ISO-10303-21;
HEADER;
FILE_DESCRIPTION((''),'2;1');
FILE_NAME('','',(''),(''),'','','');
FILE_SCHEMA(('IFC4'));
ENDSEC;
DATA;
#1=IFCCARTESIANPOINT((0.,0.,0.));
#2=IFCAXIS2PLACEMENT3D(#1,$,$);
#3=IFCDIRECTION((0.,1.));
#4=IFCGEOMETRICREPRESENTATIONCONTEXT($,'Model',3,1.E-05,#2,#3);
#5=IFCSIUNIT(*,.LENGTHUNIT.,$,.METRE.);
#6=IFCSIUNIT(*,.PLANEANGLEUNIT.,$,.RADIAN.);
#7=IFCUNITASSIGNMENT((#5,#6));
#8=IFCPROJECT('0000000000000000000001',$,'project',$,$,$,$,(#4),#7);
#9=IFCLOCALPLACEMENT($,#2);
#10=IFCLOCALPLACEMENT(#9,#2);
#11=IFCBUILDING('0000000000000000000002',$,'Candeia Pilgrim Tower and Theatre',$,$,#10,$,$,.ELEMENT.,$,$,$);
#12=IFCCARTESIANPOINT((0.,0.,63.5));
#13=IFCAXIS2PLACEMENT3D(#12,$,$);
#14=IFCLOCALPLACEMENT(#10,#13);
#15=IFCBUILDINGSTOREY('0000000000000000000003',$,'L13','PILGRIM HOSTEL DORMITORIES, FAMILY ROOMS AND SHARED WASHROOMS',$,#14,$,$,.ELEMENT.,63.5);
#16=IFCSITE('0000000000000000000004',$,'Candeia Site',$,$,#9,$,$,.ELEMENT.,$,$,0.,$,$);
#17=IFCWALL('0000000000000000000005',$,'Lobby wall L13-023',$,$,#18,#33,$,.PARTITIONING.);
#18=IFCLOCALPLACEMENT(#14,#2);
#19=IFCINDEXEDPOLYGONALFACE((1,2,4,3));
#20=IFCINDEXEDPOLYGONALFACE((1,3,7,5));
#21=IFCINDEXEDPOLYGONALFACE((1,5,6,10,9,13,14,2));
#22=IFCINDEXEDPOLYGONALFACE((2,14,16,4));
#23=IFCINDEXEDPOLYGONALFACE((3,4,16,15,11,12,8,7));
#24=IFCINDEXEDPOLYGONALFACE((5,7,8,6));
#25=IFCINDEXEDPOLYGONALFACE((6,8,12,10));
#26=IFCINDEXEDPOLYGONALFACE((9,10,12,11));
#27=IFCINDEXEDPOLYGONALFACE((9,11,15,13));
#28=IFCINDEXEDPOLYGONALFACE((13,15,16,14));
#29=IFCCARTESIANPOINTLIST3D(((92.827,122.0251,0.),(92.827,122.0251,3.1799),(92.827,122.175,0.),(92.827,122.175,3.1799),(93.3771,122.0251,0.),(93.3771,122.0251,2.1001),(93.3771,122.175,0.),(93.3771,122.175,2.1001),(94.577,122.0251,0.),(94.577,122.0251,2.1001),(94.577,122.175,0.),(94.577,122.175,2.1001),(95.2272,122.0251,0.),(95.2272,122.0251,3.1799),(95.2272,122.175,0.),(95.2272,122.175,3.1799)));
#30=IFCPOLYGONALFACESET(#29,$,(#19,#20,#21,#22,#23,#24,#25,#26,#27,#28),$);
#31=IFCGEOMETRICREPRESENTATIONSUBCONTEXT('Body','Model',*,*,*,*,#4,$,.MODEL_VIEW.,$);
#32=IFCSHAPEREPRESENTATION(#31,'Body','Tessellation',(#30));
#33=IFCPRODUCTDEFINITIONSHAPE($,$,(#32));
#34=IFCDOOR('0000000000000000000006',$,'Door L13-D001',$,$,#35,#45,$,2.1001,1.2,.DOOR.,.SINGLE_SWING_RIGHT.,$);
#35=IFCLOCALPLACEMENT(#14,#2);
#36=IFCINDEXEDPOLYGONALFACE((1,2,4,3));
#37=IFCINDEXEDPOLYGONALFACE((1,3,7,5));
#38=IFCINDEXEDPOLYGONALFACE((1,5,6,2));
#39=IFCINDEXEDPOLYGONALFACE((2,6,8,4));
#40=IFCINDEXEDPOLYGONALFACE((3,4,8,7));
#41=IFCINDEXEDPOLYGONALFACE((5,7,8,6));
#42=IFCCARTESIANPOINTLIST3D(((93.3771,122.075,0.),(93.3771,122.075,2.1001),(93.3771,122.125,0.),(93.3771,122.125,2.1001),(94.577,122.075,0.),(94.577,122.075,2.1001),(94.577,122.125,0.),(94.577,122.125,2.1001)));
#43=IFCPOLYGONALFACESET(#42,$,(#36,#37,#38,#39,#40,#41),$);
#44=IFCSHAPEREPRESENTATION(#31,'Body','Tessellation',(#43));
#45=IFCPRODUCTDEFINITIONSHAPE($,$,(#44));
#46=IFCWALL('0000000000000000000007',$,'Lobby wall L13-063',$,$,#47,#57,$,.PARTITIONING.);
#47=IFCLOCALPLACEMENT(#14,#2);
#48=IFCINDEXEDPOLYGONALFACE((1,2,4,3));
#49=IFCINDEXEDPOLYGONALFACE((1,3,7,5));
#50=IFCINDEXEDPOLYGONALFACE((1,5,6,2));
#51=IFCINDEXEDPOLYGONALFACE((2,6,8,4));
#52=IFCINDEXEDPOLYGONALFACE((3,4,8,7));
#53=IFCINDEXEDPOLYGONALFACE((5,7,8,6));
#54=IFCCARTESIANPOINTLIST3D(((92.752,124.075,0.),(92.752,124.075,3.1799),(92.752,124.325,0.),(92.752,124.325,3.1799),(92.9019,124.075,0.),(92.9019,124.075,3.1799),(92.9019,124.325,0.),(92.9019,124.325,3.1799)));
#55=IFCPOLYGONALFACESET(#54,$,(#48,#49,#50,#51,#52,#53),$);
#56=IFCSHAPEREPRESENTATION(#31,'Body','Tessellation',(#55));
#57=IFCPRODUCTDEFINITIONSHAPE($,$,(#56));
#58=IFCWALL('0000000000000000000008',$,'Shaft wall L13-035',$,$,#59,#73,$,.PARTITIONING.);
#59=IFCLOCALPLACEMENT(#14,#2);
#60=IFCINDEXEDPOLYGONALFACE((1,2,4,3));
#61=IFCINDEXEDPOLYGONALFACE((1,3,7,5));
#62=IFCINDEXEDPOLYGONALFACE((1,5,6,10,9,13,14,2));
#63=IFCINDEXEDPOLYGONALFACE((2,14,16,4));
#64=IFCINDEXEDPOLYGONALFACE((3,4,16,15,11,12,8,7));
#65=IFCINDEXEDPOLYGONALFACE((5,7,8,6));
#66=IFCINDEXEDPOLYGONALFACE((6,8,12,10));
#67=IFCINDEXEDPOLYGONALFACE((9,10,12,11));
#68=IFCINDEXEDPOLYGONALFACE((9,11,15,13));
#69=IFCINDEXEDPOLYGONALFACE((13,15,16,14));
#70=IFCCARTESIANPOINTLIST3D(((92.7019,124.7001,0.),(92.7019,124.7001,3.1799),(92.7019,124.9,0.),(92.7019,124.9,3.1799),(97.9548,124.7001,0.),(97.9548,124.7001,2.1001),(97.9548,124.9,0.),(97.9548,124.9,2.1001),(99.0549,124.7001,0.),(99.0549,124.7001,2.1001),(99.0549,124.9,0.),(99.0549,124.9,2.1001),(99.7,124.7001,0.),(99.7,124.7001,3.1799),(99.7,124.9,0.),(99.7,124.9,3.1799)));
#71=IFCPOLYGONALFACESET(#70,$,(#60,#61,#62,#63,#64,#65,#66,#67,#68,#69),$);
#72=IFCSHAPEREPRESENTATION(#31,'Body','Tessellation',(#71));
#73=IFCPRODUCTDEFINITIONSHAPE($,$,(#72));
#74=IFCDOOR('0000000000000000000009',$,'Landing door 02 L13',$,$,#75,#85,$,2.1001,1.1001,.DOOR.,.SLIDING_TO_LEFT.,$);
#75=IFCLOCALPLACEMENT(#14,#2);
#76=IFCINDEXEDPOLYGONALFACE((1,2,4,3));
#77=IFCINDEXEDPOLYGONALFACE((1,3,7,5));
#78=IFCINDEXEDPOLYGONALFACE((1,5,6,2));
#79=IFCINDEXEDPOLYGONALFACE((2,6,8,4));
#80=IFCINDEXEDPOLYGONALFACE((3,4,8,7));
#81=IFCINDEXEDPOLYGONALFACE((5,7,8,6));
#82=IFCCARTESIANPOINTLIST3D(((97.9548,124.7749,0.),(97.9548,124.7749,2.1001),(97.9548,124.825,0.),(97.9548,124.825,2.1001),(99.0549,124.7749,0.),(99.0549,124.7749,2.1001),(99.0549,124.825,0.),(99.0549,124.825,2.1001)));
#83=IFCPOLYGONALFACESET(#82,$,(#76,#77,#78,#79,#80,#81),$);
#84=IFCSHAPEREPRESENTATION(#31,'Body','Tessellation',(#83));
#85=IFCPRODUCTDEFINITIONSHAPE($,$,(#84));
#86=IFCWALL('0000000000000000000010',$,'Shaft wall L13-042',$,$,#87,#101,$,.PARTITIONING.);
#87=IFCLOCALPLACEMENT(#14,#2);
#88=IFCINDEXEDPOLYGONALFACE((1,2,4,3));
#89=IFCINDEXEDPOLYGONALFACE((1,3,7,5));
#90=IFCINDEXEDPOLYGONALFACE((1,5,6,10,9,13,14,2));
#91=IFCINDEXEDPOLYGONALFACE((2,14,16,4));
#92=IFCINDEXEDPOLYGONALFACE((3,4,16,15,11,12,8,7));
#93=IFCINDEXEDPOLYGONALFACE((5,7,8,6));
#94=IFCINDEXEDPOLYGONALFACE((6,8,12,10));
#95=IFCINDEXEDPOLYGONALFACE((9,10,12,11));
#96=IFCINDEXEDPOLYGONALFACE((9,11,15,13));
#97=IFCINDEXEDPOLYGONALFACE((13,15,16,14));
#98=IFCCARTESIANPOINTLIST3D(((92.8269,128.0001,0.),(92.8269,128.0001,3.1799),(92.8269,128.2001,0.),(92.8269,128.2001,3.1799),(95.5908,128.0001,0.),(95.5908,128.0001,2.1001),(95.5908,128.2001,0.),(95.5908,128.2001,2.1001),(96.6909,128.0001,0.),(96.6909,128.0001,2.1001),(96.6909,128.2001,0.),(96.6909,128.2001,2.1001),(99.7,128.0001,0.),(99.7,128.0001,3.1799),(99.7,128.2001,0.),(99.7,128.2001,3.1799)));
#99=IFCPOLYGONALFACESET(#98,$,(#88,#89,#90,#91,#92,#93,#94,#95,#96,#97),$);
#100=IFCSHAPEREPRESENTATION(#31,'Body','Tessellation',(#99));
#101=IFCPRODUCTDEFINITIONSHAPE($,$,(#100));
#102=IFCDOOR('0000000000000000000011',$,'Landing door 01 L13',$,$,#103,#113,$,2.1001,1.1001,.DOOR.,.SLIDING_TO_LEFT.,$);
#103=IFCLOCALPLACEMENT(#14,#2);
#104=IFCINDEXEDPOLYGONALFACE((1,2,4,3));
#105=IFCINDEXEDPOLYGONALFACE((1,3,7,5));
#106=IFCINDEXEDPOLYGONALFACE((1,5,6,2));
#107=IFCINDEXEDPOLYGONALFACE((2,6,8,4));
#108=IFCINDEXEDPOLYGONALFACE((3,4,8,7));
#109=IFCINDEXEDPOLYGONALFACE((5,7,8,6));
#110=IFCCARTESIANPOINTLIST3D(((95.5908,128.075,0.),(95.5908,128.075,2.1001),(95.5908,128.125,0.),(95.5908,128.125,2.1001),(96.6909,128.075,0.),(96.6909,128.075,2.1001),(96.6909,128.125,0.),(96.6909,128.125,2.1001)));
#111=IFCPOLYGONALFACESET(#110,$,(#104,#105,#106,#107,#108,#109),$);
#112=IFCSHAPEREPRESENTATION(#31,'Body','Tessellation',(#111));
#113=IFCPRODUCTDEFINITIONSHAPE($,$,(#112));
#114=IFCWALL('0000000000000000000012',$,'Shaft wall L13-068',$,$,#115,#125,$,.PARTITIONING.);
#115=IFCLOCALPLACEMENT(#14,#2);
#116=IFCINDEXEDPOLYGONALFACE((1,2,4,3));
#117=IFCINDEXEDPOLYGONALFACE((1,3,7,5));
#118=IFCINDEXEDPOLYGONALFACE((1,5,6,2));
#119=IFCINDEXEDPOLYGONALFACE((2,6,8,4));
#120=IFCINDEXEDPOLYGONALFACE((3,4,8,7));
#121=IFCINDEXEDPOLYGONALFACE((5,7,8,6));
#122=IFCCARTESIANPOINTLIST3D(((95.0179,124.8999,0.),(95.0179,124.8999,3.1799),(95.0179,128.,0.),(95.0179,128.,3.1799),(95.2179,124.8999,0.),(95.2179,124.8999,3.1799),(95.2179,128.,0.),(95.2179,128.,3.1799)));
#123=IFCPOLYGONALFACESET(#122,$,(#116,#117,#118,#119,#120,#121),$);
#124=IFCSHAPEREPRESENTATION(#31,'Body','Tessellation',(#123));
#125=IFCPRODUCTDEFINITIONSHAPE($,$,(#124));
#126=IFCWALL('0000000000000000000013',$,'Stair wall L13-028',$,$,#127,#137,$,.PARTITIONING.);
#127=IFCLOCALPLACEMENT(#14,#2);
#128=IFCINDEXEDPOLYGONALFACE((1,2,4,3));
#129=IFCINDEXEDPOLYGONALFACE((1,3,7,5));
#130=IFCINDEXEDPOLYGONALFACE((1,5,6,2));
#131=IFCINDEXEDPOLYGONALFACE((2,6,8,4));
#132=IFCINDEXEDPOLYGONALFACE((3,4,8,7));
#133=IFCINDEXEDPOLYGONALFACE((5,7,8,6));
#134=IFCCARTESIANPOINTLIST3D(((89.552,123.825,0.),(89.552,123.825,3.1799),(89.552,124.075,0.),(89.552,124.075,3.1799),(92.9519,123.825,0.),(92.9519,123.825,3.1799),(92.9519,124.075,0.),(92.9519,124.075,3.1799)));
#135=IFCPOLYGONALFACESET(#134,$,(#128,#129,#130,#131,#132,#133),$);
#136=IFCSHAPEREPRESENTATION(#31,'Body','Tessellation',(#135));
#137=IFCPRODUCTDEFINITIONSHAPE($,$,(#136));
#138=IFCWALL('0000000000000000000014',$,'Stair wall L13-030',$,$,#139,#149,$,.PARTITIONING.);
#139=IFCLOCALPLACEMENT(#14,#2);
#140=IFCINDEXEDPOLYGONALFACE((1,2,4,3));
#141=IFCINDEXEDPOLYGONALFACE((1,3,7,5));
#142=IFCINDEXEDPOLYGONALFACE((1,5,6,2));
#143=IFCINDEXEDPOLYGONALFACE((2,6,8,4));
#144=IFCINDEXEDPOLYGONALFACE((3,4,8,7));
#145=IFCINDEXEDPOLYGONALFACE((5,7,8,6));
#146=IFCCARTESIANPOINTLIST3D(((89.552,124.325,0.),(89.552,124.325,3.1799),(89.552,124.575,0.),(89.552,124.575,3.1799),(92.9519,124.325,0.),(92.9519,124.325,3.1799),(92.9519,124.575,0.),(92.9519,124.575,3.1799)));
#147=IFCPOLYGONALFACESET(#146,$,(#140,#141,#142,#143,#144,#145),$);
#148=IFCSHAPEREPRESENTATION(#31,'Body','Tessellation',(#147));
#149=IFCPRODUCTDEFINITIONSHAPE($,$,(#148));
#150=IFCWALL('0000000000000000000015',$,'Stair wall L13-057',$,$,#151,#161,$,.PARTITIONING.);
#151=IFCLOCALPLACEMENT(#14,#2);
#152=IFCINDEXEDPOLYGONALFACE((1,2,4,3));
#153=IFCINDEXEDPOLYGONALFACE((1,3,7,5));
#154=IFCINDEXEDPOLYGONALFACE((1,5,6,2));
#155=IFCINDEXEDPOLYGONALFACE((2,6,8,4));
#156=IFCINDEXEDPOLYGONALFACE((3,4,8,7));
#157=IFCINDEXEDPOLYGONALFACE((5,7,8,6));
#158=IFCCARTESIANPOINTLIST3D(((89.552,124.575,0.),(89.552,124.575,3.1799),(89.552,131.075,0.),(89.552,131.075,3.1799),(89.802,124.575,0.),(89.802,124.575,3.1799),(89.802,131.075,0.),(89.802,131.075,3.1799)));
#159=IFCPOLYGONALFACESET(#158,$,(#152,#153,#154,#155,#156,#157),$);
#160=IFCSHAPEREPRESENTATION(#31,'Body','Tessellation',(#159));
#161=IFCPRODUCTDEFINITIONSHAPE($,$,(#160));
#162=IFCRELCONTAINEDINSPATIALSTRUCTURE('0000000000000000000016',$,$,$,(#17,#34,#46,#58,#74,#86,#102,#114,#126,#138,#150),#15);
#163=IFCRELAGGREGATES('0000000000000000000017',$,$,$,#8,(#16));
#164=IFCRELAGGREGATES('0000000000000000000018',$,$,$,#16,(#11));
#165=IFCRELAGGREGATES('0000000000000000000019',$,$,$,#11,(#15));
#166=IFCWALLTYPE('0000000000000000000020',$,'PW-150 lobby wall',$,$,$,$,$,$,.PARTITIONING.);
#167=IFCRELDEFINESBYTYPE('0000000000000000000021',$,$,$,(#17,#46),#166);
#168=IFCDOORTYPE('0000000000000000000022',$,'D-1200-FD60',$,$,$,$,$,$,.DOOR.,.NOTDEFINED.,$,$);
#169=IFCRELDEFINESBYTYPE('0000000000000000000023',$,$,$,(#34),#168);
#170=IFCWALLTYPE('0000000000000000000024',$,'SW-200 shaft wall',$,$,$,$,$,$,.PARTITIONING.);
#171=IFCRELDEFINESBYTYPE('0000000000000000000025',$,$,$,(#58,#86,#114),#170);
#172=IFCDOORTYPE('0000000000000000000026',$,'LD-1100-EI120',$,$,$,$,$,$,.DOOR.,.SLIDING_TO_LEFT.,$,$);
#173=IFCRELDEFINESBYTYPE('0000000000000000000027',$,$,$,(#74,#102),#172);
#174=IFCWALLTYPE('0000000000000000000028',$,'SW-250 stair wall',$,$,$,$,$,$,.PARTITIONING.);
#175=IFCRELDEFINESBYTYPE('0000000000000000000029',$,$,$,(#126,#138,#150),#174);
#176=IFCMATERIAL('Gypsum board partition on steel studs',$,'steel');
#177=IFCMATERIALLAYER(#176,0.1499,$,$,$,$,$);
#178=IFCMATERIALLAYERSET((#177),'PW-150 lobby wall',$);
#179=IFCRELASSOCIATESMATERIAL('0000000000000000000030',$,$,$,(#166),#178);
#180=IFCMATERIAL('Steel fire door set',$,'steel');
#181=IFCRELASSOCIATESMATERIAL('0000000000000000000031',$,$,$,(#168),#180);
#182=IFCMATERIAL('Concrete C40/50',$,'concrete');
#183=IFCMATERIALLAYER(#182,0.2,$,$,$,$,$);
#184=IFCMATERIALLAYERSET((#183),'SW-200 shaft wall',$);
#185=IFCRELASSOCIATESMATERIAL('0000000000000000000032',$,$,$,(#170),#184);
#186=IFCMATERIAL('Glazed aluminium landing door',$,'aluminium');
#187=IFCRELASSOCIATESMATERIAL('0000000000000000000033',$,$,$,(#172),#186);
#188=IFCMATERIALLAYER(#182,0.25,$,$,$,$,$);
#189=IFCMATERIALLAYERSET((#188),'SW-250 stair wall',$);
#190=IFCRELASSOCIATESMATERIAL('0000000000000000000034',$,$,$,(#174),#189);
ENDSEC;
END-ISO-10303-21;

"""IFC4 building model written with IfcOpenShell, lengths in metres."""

from ifc_helpers import new_model, si_unit, direction, frame, frame_2d, origin, place, context, subcontext, project, spatial, rectangle, extrude, material, layer, layer_set, type_object, element, fill, save


model = new_model("IFC4")

# Units and contexts
model_context = context("Model", 3, precision=1e-05, world=origin(), true_north=direction((0.0, 1.0)))
body_context = subcontext(model_context, "Body", "Model", "MODEL_VIEW")
ifc_project = project(units=[si_unit("LENGTHUNIT", "METRE"), si_unit("PLANEANGLEUNIT", "RADIAN")], contexts=[model_context])

# Site, building, storey
site_placement = place(None, origin())
site = spatial("IfcSite", under=ifc_project, at=site_placement, Name="Candeia Site", CompositionType="ELEMENT", RefElevation=0.0)
building_placement = place(site_placement, origin())
building = spatial("IfcBuilding", under=site, at=building_placement, Name="Candeia Pilgrim Tower and Theatre", CompositionType="ELEMENT")
storey_placement = place(building_placement, frame((0.0, 0.0, 63.5)))
storey = spatial("IfcBuildingStorey", under=building, at=storey_placement, Name="L13", Description="PILGRIM HOSTEL DORMITORIES, FAMILY ROOMS AND SHARED WASHROOMS", CompositionType="ELEMENT", Elevation=63.5)

# Wall, opening, door
ifc_material_1 = material(Name="Gypsum board partition on steel studs", Category="steel")
ifc_layer_1 = layer(ifc_material_1, 0.1499)
ifc_layer_set_1 = layer_set([ifc_layer_1], Name="PW-150 lobby wall")
wall_type_1 = type_object("IfcWallType", Name="PW-150 lobby wall", PredefinedType="PARTITIONING", material=ifc_layer_set_1)
wall_1_placement = place(storey_placement, frame((92.8269, 122.1001, 0.0), z_axis=(0.0, 0.0, 1.0), x_axis=(1.0, 0.0, 0.0)))
wall_1 = element("IfcWall", 1, at=wall_1_placement, inside=storey, type_object=wall_type_1, Name="Lobby wall L13-023", PredefinedType="PARTITIONING", context=body_context, shape_type="SweptSolid", body=[
    extrude(rectangle(XDim=2.4001, YDim=0.1499, at=frame_2d((1.2002, 0.0))), origin(), (0.0, 0.0, 1.0), 3.1799),
])
opening_1_placement = place(wall_1_placement, frame((0.55, 0.0, 0.0)))
opening_1 = element("IfcOpeningElement", 2, at=opening_1_placement, cuts=wall_1, PredefinedType="OPENING", context=body_context, shape_type="SweptSolid", body=[
    extrude(rectangle(XDim=1.2, YDim=2.1001, at=frame_2d((0.6001, 1.05))), frame((0.0, 0.085, 0.0), z_axis=(0.0, -1.0, 0.0), x_axis=(1.0, 0.0, 0.0)), (0.0, 0.0, 1.0), 0.1699),
])
ifc_material_2 = material(Name="Steel fire door set", Category="steel")
door_type_1 = type_object("IfcDoorType", Name="D-1200-FD60", OperationType="NOTDEFINED", PredefinedType="DOOR", material=ifc_material_2)
door_1_placement = place(opening_1_placement, origin())
door_1 = element("IfcDoor", 3, at=door_1_placement, inside=storey, type_object=door_type_1, Name="Door L13-D001", OperationType="SINGLE_SWING_RIGHT", OverallHeight=2.1001, OverallWidth=1.2, PredefinedType="DOOR", context=body_context, shape_type="SweptSolid", body=[
    extrude(rectangle(XDim=1.2, YDim=2.1001, at=frame_2d((0.6001, 1.05))), frame((0.0, 0.0249, 0.0), z_axis=(0.0, -1.0, 0.0), x_axis=(1.0, 0.0, 0.0)), (0.0, 0.0, 1.0), 0.05),
])
fill(opening_1, door_1)

# Wall
wall_2_placement = place(storey_placement, frame((92.8269, 124.075, 0.0), z_axis=(0.0, 0.0, 1.0), x_axis=(0.0, 1.0, 0.0)))
element("IfcWall", 4, at=wall_2_placement, inside=storey, type_object=wall_type_1, Name="Lobby wall L13-063", PredefinedType="PARTITIONING", context=body_context, shape_type="SweptSolid", body=[
    extrude(rectangle(XDim=0.25, YDim=0.1499, at=frame_2d((0.125, 0.0))), origin(), (0.0, 0.0, 1.0), 3.1799),
])

# Walls, openings, doors
ifc_material_3 = material(Name="Concrete C40/50", Category="concrete")
ifc_layer_2 = layer(ifc_material_3, 0.2)
ifc_layer_set_2 = layer_set([ifc_layer_2], Name="SW-200 shaft wall")
wall_type_2 = type_object("IfcWallType", Name="SW-200 shaft wall", PredefinedType="PARTITIONING", material=ifc_layer_set_2)
wall_3_placement = place(storey_placement, frame((92.7019, 124.8, 0.0), z_axis=(0.0, 0.0, 1.0), x_axis=(1.0, 0.0, 0.0)))
wall_3 = element("IfcWall", 5, at=wall_3_placement, inside=storey, type_object=wall_type_2, Name="Shaft wall L13-035", PredefinedType="PARTITIONING", context=body_context, shape_type="SweptSolid", body=[
    extrude(rectangle(XDim=6.998, YDim=0.2, at=frame_2d((3.499, 0.0))), origin(), (0.0, 0.0, 1.0), 3.1799),
])
opening_2_placement = place(wall_3_placement, frame((5.2529, 0.0, 0.0)))
opening_2 = element("IfcOpeningElement", 6, at=opening_2_placement, cuts=wall_3, PredefinedType="OPENING", context=body_context, shape_type="SweptSolid", body=[
    extrude(rectangle(XDim=1.1001, YDim=2.1001, at=frame_2d((0.55, 1.05))), frame((0.0, 0.1099, 0.0), z_axis=(0.0, -1.0, 0.0), x_axis=(1.0, 0.0, 0.0)), (0.0, 0.0, 1.0), 0.22),
])
ifc_material_4 = material(Name="Glazed aluminium landing door", Category="aluminium")
door_type_2 = type_object("IfcDoorType", Name="LD-1100-EI120", OperationType="SLIDING_TO_LEFT", PredefinedType="DOOR", material=ifc_material_4)
door_2_placement = place(opening_2_placement, origin())
door_2 = element("IfcDoor", 7, at=door_2_placement, inside=storey, type_object=door_type_2, Name="Landing door 02 L13", OperationType="SLIDING_TO_LEFT", OverallHeight=2.1001, OverallWidth=1.1001, PredefinedType="DOOR", context=body_context, shape_type="SweptSolid", body=[
    extrude(rectangle(XDim=1.1001, YDim=2.1001, at=frame_2d((0.55, 1.05))), frame((0.0, 0.0249, 0.0), z_axis=(0.0, -1.0, 0.0), x_axis=(1.0, 0.0, 0.0)), (0.0, 0.0, 1.0), 0.05),
])
fill(opening_2, door_2)
wall_4_placement = place(storey_placement, frame((92.8269, 128.1001, 0.0), z_axis=(0.0, 0.0, 1.0), x_axis=(1.0, 0.0, 0.0)))
wall_4 = element("IfcWall", 8, at=wall_4_placement, inside=storey, type_object=wall_type_2, Name="Shaft wall L13-042", PredefinedType="PARTITIONING", context=body_context, shape_type="SweptSolid", body=[
    extrude(rectangle(XDim=6.873, YDim=0.2, at=frame_2d((3.4365, 0.0))), origin(), (0.0, 0.0, 1.0), 3.1799),
])
opening_3_placement = place(wall_4_placement, frame((2.7639, 0.0, 0.0)))
opening_3 = element("IfcOpeningElement", 9, at=opening_3_placement, cuts=wall_4, PredefinedType="OPENING", context=body_context, shape_type="SweptSolid", body=[
    extrude(rectangle(XDim=1.1001, YDim=2.1001, at=frame_2d((0.55, 1.05))), frame((0.0, 0.1099, 0.0), z_axis=(0.0, -1.0, 0.0), x_axis=(1.0, 0.0, 0.0)), (0.0, 0.0, 1.0), 0.22),
])
door_3_placement = place(opening_3_placement, origin())
door_3 = element("IfcDoor", 10, at=door_3_placement, inside=storey, type_object=door_type_2, Name="Landing door 01 L13", OperationType="SLIDING_TO_LEFT", OverallHeight=2.1001, OverallWidth=1.1001, PredefinedType="DOOR", context=body_context, shape_type="SweptSolid", body=[
    extrude(rectangle(XDim=1.1001, YDim=2.1001, at=frame_2d((0.55, 1.05))), frame((0.0, 0.0249, 0.0), z_axis=(0.0, -1.0, 0.0), x_axis=(1.0, 0.0, 0.0)), (0.0, 0.0, 1.0), 0.05),
])
fill(opening_3, door_3)

# Walls
wall_5_placement = place(storey_placement, frame((95.1179, 124.8999, 0.0), z_axis=(0.0, 0.0, 1.0), x_axis=(0.0, 1.0, 0.0)))
element("IfcWall", 11, at=wall_5_placement, inside=storey, type_object=wall_type_2, Name="Shaft wall L13-068", PredefinedType="PARTITIONING", context=body_context, shape_type="SweptSolid", body=[
    extrude(rectangle(XDim=3.1001, YDim=0.2, at=frame_2d((1.55, 0.0))), origin(), (0.0, 0.0, 1.0), 3.1799),
])
ifc_layer_3 = layer(ifc_material_3, 0.25)
ifc_layer_set_3 = layer_set([ifc_layer_3], Name="SW-250 stair wall")
wall_type_3 = type_object("IfcWallType", Name="SW-250 stair wall", PredefinedType="PARTITIONING", material=ifc_layer_set_3)
for number, where, z_axis, x_axis, name in (
    (12, (89.552, 123.95, 0.0), (0.0, 0.0, 1.0), (1.0, 0.0, 0.0), "Stair wall L13-028"),
    (13, (89.552, 124.45, 0.0), (0.0, 0.0, 1.0), (1.0, 0.0, 0.0), "Stair wall L13-030"),
):
    element("IfcWall", number, at=place(storey_placement, frame(where, z_axis=z_axis, x_axis=x_axis)), inside=storey, type_object=wall_type_3, Name=name, PredefinedType="PARTITIONING", context=body_context, shape_type="SweptSolid", body=[
        extrude(rectangle(XDim=3.3999, YDim=0.25, at=frame_2d((1.7, 0.0))), origin(), (0.0, 0.0, 1.0), 3.1799),
    ])
wall_6_placement = place(storey_placement, frame((89.677, 124.575, 0.0), z_axis=(0.0, 0.0, 1.0), x_axis=(0.0, 1.0, 0.0)))
element("IfcWall", 14, at=wall_6_placement, inside=storey, type_object=wall_type_3, Name="Stair wall L13-057", PredefinedType="PARTITIONING", context=body_context, shape_type="SweptSolid", body=[
    extrude(rectangle(XDim=6.5, YDim=0.25, at=frame_2d((3.25, 0.0))), origin(), (0.0, 0.0, 1.0), 3.1799),
])

save(model, "model.ifc")
